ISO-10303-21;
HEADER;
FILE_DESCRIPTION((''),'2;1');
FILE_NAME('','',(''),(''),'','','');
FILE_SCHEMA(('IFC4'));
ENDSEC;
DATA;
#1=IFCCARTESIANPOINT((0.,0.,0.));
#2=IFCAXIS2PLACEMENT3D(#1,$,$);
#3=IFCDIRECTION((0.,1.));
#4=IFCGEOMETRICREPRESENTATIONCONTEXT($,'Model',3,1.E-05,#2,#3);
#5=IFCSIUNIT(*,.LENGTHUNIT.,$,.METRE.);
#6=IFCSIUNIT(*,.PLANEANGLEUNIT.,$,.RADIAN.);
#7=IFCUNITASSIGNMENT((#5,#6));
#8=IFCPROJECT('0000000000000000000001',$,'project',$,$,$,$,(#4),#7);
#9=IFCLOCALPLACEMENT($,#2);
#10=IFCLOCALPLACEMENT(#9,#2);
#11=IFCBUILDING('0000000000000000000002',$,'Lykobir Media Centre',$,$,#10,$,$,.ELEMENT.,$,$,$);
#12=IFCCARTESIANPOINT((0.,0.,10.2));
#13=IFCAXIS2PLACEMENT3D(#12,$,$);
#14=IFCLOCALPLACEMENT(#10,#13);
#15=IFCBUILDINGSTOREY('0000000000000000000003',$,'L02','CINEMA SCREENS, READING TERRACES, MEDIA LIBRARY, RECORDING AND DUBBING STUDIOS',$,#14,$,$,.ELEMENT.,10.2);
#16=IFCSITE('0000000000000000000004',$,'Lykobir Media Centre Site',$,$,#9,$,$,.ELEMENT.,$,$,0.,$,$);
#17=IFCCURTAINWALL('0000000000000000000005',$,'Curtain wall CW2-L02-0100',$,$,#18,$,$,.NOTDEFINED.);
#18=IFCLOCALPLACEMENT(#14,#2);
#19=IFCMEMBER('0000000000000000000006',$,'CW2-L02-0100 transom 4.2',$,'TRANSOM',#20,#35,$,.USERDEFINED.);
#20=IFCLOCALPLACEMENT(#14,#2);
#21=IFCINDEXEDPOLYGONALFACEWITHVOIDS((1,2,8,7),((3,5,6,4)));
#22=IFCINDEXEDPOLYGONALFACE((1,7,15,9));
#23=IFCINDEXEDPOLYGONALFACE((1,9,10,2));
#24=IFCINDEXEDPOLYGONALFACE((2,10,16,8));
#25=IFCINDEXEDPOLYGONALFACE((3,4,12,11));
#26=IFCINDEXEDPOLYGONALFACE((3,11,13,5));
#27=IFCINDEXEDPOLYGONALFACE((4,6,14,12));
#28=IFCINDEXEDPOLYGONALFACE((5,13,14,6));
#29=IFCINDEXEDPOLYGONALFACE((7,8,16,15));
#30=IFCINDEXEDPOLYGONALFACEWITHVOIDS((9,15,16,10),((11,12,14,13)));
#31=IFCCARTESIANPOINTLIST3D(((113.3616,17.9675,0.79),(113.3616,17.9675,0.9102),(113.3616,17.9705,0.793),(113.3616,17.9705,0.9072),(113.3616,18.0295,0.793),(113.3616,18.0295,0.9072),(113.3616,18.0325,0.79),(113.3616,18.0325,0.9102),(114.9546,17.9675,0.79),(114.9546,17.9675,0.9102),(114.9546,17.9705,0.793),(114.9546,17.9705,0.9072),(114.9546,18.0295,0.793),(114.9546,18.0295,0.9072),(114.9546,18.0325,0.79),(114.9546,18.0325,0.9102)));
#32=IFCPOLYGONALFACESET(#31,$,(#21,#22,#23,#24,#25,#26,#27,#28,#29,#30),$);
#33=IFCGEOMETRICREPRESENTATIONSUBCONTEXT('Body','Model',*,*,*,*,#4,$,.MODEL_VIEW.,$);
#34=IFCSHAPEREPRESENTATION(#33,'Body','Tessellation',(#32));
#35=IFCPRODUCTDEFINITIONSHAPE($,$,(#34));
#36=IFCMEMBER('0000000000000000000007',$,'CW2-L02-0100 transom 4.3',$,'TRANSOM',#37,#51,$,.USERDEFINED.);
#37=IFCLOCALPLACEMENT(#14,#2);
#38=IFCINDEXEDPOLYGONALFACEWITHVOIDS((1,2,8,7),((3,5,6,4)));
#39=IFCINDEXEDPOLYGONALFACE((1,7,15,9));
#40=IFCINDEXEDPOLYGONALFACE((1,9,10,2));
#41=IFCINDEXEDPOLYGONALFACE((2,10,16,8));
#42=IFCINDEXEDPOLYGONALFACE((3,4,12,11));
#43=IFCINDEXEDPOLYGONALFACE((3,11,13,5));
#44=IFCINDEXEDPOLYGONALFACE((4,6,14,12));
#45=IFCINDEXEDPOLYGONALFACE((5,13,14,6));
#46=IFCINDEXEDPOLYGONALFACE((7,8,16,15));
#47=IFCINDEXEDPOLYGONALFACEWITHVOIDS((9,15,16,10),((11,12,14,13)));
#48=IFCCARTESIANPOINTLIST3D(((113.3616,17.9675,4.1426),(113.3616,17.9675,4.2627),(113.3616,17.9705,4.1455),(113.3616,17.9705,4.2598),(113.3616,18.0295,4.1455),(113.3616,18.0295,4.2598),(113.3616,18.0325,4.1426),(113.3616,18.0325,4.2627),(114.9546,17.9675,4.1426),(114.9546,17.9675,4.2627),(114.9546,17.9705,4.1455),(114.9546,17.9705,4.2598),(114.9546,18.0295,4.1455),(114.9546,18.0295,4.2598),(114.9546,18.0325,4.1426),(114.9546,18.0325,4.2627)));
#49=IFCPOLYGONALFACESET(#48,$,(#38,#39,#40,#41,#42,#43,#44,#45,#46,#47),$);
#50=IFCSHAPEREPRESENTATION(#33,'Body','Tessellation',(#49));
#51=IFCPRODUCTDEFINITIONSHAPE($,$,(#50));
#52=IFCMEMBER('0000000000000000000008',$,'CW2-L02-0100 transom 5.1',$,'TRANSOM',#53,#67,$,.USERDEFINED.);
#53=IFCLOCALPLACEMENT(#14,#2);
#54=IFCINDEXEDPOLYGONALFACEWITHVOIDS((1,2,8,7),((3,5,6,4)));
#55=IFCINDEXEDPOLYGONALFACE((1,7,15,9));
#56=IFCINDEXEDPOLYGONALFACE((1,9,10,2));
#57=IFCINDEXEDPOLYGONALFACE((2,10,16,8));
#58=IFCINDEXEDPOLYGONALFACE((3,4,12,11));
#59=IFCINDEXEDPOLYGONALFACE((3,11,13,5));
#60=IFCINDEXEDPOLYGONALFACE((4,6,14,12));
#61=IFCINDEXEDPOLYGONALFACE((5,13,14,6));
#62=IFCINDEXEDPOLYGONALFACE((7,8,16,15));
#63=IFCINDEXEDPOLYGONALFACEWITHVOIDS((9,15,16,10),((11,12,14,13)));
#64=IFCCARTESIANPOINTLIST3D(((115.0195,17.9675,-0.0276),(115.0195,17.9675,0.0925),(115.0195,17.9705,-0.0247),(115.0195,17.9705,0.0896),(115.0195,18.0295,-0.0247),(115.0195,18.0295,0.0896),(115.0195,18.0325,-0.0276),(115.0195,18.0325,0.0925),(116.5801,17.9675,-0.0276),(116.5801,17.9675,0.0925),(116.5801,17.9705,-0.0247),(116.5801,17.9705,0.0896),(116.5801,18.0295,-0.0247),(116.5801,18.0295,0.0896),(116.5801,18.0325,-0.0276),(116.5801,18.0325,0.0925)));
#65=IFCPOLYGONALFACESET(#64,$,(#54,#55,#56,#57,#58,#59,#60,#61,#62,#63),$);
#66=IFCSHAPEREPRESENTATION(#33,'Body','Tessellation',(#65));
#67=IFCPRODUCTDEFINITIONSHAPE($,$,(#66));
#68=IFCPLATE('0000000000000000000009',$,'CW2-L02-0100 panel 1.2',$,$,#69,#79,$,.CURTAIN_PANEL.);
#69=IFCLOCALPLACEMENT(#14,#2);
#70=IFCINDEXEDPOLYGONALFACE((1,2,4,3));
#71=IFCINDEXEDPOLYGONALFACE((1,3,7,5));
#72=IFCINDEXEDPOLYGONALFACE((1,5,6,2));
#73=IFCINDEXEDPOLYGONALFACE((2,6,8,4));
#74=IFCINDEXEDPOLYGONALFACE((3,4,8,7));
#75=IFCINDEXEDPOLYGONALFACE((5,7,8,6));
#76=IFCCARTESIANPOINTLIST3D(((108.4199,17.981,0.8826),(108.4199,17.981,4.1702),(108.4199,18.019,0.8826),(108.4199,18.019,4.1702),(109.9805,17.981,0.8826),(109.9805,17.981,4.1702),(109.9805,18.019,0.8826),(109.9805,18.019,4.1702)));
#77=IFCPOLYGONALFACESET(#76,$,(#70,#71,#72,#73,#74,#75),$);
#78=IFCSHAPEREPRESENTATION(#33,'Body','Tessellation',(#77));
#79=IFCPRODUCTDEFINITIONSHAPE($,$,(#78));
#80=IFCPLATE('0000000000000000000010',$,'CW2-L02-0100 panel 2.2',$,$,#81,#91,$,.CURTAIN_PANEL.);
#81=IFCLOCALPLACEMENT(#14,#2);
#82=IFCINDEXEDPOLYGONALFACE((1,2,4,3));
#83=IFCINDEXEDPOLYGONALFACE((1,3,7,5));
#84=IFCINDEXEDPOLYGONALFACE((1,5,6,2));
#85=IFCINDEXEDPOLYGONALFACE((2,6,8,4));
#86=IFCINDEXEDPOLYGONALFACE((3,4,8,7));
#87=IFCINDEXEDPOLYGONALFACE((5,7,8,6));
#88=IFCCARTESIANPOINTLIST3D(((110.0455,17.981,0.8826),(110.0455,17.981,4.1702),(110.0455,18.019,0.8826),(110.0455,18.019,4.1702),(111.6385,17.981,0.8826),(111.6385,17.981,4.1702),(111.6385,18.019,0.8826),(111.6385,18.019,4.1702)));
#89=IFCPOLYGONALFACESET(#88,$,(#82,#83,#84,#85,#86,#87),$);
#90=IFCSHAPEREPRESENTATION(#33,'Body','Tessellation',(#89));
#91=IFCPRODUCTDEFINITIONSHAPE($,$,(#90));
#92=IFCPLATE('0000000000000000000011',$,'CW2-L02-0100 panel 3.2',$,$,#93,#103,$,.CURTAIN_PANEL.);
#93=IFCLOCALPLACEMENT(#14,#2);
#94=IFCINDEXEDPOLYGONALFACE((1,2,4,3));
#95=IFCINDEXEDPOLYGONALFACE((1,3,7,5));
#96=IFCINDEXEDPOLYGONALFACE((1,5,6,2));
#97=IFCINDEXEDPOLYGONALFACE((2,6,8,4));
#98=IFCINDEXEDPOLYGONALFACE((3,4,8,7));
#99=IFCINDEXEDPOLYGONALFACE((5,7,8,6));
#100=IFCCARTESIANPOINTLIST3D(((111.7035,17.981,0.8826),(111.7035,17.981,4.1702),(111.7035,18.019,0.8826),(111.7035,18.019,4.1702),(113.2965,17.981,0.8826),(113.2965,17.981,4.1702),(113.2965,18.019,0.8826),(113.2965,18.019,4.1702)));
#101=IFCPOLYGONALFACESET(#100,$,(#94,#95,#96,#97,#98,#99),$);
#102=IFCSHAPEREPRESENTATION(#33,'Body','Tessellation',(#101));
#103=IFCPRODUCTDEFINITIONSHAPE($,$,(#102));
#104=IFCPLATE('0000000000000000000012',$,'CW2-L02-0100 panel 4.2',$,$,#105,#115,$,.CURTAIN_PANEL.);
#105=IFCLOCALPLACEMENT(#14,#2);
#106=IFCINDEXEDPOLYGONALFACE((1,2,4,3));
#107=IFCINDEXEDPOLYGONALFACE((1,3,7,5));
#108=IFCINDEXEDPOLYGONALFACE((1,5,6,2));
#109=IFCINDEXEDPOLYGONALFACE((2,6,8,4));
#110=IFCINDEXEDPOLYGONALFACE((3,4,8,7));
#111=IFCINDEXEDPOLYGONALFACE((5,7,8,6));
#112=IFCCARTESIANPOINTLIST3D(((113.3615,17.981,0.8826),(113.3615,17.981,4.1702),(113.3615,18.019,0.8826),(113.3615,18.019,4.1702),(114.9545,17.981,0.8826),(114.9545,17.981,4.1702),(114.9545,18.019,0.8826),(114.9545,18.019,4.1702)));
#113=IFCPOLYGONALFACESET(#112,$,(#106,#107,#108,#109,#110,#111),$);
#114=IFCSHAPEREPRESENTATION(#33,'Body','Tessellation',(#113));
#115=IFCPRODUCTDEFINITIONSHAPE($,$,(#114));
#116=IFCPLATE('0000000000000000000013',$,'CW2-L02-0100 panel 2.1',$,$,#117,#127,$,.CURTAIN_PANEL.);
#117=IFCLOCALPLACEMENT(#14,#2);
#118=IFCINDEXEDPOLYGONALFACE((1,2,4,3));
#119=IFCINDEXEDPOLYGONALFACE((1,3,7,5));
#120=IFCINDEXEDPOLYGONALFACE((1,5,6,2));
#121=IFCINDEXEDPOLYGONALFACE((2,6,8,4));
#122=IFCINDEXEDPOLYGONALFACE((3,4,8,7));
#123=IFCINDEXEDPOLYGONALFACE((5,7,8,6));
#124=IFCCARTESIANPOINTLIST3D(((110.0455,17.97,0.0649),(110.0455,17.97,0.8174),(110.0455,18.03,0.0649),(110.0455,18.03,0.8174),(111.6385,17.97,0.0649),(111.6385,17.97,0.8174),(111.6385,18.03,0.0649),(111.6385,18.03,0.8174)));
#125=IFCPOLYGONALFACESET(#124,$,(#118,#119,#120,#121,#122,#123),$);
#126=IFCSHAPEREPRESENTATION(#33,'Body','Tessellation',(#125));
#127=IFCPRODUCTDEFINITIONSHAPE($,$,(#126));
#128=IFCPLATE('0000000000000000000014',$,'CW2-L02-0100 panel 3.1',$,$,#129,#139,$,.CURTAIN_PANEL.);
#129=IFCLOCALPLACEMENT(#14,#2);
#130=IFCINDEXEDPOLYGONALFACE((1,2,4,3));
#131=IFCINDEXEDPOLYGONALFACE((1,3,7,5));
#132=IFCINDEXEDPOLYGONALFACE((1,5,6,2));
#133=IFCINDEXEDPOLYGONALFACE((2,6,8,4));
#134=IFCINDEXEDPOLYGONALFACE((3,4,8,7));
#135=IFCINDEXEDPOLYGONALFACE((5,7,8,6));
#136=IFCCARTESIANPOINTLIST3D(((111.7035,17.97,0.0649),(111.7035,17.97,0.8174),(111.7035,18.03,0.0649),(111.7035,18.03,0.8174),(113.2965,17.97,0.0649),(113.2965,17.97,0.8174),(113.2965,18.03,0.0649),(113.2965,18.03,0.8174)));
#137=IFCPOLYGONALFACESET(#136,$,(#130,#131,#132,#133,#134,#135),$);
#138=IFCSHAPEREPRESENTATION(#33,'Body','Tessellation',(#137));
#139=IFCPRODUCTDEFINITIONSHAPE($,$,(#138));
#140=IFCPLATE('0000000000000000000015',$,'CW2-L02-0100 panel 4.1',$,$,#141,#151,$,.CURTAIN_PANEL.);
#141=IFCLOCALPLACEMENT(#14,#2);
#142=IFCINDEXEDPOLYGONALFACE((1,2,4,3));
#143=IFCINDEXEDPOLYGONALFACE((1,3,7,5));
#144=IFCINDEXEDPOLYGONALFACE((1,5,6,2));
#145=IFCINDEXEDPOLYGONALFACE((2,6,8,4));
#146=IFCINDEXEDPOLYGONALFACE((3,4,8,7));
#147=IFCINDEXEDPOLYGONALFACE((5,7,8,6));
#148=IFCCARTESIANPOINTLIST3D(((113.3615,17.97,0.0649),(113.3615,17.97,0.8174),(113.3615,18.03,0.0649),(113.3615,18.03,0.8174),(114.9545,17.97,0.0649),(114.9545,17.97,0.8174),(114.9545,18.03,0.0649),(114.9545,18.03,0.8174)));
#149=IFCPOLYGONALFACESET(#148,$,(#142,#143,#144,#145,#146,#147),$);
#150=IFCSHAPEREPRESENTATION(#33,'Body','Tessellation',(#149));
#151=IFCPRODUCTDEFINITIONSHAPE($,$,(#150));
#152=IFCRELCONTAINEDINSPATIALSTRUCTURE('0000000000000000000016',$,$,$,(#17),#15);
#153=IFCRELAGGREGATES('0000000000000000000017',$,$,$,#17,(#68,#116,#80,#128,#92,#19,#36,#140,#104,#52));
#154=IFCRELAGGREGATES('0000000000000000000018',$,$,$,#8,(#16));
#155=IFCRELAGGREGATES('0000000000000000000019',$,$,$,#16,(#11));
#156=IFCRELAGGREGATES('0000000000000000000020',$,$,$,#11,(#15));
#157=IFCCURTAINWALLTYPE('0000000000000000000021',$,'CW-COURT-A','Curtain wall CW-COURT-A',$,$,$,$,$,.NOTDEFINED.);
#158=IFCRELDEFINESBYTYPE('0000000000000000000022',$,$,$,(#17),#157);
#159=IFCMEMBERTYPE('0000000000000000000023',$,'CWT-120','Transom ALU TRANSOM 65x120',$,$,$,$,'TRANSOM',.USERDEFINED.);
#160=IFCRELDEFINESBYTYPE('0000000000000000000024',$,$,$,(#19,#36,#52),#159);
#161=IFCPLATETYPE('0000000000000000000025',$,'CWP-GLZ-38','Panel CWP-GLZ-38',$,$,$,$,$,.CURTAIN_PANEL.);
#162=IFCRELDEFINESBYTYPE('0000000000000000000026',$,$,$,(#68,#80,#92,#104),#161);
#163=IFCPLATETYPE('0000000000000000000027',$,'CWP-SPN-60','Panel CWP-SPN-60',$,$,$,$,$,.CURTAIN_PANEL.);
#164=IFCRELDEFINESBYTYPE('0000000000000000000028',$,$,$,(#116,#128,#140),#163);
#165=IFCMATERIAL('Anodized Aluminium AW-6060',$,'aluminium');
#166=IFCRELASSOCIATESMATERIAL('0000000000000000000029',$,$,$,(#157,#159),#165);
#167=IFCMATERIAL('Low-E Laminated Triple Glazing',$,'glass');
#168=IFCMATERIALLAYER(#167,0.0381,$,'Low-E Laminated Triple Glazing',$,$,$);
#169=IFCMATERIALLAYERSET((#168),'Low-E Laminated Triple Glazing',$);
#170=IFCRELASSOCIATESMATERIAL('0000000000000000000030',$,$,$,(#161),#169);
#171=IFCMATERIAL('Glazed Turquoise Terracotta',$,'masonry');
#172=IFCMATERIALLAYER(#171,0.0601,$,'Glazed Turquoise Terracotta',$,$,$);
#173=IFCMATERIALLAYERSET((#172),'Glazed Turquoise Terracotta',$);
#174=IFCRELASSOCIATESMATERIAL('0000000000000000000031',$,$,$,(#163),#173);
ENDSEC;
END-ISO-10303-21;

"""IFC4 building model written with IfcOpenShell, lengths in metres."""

from ifc_helpers import new_model, si_unit, direction, frame, origin, origin_2d, place, context, subcontext, project, spatial, rectangle, hollow_rectangle, extrude, material, layer, layer_set, material_profile, profile_set, type_object, element, aggregate, save


model = new_model("IFC4")

# Units and contexts
model_context = context("Model", 3, precision=1e-05, world=origin(), true_north=direction((0.0, 1.0)))
body_context = subcontext(model_context, "Body", "Model", "MODEL_VIEW")
ifc_project = project(units=[si_unit("LENGTHUNIT", "METRE"), si_unit("PLANEANGLEUNIT", "RADIAN")], contexts=[model_context])

# Site, building, storey
site_placement = place(None, origin())
site = spatial("IfcSite", under=ifc_project, at=site_placement, Name="Lykobir Media Centre Site", CompositionType="ELEMENT", RefElevation=0.0)
building_placement = place(site_placement, origin())
building = spatial("IfcBuilding", under=site, at=building_placement, Name="Lykobir Media Centre", CompositionType="ELEMENT")
storey_placement = place(building_placement, frame((0.0, 0.0, 10.2)))
storey = spatial("IfcBuildingStorey", under=building, at=storey_placement, Name="L02", Description="CINEMA SCREENS, READING TERRACES, MEDIA LIBRARY, RECORDING AND DUBBING STUDIOS", CompositionType="ELEMENT", Elevation=10.2)

# Curtain wall, members, plates
ifc_material_1 = material(Name="Anodized Aluminium AW-6060", Category="aluminium")
curtain_wall_type = type_object("IfcCurtainWallType", Name="CW-COURT-A", Description="Curtain wall CW-COURT-A", PredefinedType="NOTDEFINED", material=ifc_material_1)
curtain_wall_placement = place(storey_placement, origin())
curtain_wall = element("IfcCurtainWall", 1, at=curtain_wall_placement, inside=storey, type_object=curtain_wall_type, Name="Curtain wall CW2-L02-0100", PredefinedType="NOTDEFINED")
ifc_material_profile_1 = material_profile(ifc_material_1, hollow_rectangle(XDim=0.0649, YDim=0.1201, WallThickness=0.0029, at=origin_2d()), Name="ALU TRANSOM 65x120")
ifc_profile_set_1 = profile_set([ifc_material_profile_1], Name="Anodized Aluminium AW-6060")
member_type_1 = type_object("IfcMemberType", Name="CWT-120", Description="Transom ALU TRANSOM 65x120", ElementType="TRANSOM", PredefinedType="USERDEFINED", material=ifc_profile_set_1)
member_1_placement = place(storey_placement, frame((113.3616, 18.0, 0.8501), z_axis=(1.0, 0.0, 0.0), x_axis=(0.0, 1.0, 0.0)))
member_1 = element("IfcMember", 2, at=member_1_placement, type_object=member_type_1, Name="CW2-L02-0100 transom 4.2", ObjectType="TRANSOM", PredefinedType="USERDEFINED", context=body_context, shape_type="SweptSolid", body=[
    extrude(hollow_rectangle(XDim=0.0649, YDim=0.1201, WallThickness=0.0029, at=origin_2d()), origin(), (0.0, 0.0, 1.0), 1.593),
])
member_2_placement = place(storey_placement, frame((113.3616, 18.0, 4.2026), z_axis=(1.0, 0.0, 0.0), x_axis=(0.0, 1.0, 0.0)))
member_2 = element("IfcMember", 3, at=member_2_placement, type_object=member_type_1, Name="CW2-L02-0100 transom 4.3", ObjectType="TRANSOM", PredefinedType="USERDEFINED", context=body_context, shape_type="SweptSolid", body=[
    extrude(hollow_rectangle(XDim=0.0649, YDim=0.1201, WallThickness=0.0029, at=origin_2d()), origin(), (0.0, 0.0, 1.0), 1.593),
])
member_3_placement = place(storey_placement, frame((115.0195, 18.0, 0.0325), z_axis=(1.0, 0.0, 0.0), x_axis=(0.0, 1.0, 0.0)))
member_3 = element("IfcMember", 4, at=member_3_placement, type_object=member_type_1, Name="CW2-L02-0100 transom 5.1", ObjectType="TRANSOM", PredefinedType="USERDEFINED", context=body_context, shape_type="SweptSolid", body=[
    extrude(hollow_rectangle(XDim=0.0649, YDim=0.1201, WallThickness=0.0029, at=origin_2d()), origin(), (0.0, 0.0, 1.0), 1.5605),
])
ifc_material_2 = material(Name="Low-E Laminated Triple Glazing", Category="glass")
ifc_layer_1 = layer(ifc_material_2, 0.0381, Name="Low-E Laminated Triple Glazing")
ifc_layer_set_1 = layer_set([ifc_layer_1], Name="Low-E Laminated Triple Glazing")
plate_type_1 = type_object("IfcPlateType", Name="CWP-GLZ-38", Description="Panel CWP-GLZ-38", PredefinedType="CURTAIN_PANEL", material=ifc_layer_set_1)
plate_1_placement = place(storey_placement, frame((109.2002, 18.0, 0.8826), z_axis=(0.0, 0.0, 1.0), x_axis=(1.0, 0.0, 0.0)))
plate_1 = element("IfcPlate", 5, at=plate_1_placement, type_object=plate_type_1, Name="CW2-L02-0100 panel 1.2", PredefinedType="CURTAIN_PANEL", context=body_context, shape_type="SweptSolid", body=[
    extrude(rectangle(XDim=1.5605, YDim=0.0381, at=origin_2d()), origin(), (0.0, 0.0, 1.0), 3.2876),
])
plate_2_placement = place(storey_placement, frame((110.842, 18.0, 0.8826), z_axis=(0.0, 0.0, 1.0), x_axis=(1.0, 0.0, 0.0)))
plate_2 = element("IfcPlate", 6, at=plate_2_placement, type_object=plate_type_1, Name="CW2-L02-0100 panel 2.2", PredefinedType="CURTAIN_PANEL", context=body_context, shape_type="SweptSolid", body=[
    extrude(rectangle(XDim=1.593, YDim=0.0381, at=origin_2d()), origin(), (0.0, 0.0, 1.0), 3.2876),
])
plate_3_placement = place(storey_placement, frame((112.5, 18.0, 0.8826), z_axis=(0.0, 0.0, 1.0), x_axis=(1.0, 0.0, 0.0)))
plate_3 = element("IfcPlate", 7, at=plate_3_placement, type_object=plate_type_1, Name="CW2-L02-0100 panel 3.2", PredefinedType="CURTAIN_PANEL", context=body_context, shape_type="SweptSolid", body=[
    extrude(rectangle(XDim=1.593, YDim=0.0381, at=origin_2d()), origin(), (0.0, 0.0, 1.0), 3.2876),
])
plate_4_placement = place(storey_placement, frame((114.158, 18.0, 0.8826), z_axis=(0.0, 0.0, 1.0), x_axis=(1.0, 0.0, 0.0)))
plate_4 = element("IfcPlate", 8, at=plate_4_placement, type_object=plate_type_1, Name="CW2-L02-0100 panel 4.2", PredefinedType="CURTAIN_PANEL", context=body_context, shape_type="SweptSolid", body=[
    extrude(rectangle(XDim=1.593, YDim=0.0381, at=origin_2d()), origin(), (0.0, 0.0, 1.0), 3.2876),
])
ifc_material_3 = material(Name="Glazed Turquoise Terracotta", Category="masonry")
ifc_layer_2 = layer(ifc_material_3, 0.0601, Name="Glazed Turquoise Terracotta")
ifc_layer_set_2 = layer_set([ifc_layer_2], Name="Glazed Turquoise Terracotta")
plate_type_2 = type_object("IfcPlateType", Name="CWP-SPN-60", Description="Panel CWP-SPN-60", PredefinedType="CURTAIN_PANEL", material=ifc_layer_set_2)
plate_5_placement = place(storey_placement, frame((110.842, 18.0, 0.0649), z_axis=(0.0, 0.0, 1.0), x_axis=(1.0, 0.0, 0.0)))
plate_5 = element("IfcPlate", 9, at=plate_5_placement, type_object=plate_type_2, Name="CW2-L02-0100 panel 2.1", PredefinedType="CURTAIN_PANEL", context=body_context, shape_type="SweptSolid", body=[
    extrude(rectangle(XDim=1.593, YDim=0.0601, at=origin_2d()), origin(), (0.0, 0.0, 1.0), 0.7524),
])
plate_6_placement = place(storey_placement, frame((112.5, 18.0, 0.0649), z_axis=(0.0, 0.0, 1.0), x_axis=(1.0, 0.0, 0.0)))
plate_6 = element("IfcPlate", 10, at=plate_6_placement, type_object=plate_type_2, Name="CW2-L02-0100 panel 3.1", PredefinedType="CURTAIN_PANEL", context=body_context, shape_type="SweptSolid", body=[
    extrude(rectangle(XDim=1.593, YDim=0.0601, at=origin_2d()), origin(), (0.0, 0.0, 1.0), 0.7524),
])
plate_7_placement = place(storey_placement, frame((114.158, 18.0, 0.0649), z_axis=(0.0, 0.0, 1.0), x_axis=(1.0, 0.0, 0.0)))
plate_7 = element("IfcPlate", 11, at=plate_7_placement, type_object=plate_type_2, Name="CW2-L02-0100 panel 4.1", PredefinedType="CURTAIN_PANEL", context=body_context, shape_type="SweptSolid", body=[
    extrude(rectangle(XDim=1.593, YDim=0.0601, at=origin_2d()), origin(), (0.0, 0.0, 1.0), 0.7524),
])
aggregate(curtain_wall, [plate_1, plate_5, plate_2, plate_6, plate_3, member_1, member_2, plate_7, plate_4, member_3])

save(model, "model.ifc")
